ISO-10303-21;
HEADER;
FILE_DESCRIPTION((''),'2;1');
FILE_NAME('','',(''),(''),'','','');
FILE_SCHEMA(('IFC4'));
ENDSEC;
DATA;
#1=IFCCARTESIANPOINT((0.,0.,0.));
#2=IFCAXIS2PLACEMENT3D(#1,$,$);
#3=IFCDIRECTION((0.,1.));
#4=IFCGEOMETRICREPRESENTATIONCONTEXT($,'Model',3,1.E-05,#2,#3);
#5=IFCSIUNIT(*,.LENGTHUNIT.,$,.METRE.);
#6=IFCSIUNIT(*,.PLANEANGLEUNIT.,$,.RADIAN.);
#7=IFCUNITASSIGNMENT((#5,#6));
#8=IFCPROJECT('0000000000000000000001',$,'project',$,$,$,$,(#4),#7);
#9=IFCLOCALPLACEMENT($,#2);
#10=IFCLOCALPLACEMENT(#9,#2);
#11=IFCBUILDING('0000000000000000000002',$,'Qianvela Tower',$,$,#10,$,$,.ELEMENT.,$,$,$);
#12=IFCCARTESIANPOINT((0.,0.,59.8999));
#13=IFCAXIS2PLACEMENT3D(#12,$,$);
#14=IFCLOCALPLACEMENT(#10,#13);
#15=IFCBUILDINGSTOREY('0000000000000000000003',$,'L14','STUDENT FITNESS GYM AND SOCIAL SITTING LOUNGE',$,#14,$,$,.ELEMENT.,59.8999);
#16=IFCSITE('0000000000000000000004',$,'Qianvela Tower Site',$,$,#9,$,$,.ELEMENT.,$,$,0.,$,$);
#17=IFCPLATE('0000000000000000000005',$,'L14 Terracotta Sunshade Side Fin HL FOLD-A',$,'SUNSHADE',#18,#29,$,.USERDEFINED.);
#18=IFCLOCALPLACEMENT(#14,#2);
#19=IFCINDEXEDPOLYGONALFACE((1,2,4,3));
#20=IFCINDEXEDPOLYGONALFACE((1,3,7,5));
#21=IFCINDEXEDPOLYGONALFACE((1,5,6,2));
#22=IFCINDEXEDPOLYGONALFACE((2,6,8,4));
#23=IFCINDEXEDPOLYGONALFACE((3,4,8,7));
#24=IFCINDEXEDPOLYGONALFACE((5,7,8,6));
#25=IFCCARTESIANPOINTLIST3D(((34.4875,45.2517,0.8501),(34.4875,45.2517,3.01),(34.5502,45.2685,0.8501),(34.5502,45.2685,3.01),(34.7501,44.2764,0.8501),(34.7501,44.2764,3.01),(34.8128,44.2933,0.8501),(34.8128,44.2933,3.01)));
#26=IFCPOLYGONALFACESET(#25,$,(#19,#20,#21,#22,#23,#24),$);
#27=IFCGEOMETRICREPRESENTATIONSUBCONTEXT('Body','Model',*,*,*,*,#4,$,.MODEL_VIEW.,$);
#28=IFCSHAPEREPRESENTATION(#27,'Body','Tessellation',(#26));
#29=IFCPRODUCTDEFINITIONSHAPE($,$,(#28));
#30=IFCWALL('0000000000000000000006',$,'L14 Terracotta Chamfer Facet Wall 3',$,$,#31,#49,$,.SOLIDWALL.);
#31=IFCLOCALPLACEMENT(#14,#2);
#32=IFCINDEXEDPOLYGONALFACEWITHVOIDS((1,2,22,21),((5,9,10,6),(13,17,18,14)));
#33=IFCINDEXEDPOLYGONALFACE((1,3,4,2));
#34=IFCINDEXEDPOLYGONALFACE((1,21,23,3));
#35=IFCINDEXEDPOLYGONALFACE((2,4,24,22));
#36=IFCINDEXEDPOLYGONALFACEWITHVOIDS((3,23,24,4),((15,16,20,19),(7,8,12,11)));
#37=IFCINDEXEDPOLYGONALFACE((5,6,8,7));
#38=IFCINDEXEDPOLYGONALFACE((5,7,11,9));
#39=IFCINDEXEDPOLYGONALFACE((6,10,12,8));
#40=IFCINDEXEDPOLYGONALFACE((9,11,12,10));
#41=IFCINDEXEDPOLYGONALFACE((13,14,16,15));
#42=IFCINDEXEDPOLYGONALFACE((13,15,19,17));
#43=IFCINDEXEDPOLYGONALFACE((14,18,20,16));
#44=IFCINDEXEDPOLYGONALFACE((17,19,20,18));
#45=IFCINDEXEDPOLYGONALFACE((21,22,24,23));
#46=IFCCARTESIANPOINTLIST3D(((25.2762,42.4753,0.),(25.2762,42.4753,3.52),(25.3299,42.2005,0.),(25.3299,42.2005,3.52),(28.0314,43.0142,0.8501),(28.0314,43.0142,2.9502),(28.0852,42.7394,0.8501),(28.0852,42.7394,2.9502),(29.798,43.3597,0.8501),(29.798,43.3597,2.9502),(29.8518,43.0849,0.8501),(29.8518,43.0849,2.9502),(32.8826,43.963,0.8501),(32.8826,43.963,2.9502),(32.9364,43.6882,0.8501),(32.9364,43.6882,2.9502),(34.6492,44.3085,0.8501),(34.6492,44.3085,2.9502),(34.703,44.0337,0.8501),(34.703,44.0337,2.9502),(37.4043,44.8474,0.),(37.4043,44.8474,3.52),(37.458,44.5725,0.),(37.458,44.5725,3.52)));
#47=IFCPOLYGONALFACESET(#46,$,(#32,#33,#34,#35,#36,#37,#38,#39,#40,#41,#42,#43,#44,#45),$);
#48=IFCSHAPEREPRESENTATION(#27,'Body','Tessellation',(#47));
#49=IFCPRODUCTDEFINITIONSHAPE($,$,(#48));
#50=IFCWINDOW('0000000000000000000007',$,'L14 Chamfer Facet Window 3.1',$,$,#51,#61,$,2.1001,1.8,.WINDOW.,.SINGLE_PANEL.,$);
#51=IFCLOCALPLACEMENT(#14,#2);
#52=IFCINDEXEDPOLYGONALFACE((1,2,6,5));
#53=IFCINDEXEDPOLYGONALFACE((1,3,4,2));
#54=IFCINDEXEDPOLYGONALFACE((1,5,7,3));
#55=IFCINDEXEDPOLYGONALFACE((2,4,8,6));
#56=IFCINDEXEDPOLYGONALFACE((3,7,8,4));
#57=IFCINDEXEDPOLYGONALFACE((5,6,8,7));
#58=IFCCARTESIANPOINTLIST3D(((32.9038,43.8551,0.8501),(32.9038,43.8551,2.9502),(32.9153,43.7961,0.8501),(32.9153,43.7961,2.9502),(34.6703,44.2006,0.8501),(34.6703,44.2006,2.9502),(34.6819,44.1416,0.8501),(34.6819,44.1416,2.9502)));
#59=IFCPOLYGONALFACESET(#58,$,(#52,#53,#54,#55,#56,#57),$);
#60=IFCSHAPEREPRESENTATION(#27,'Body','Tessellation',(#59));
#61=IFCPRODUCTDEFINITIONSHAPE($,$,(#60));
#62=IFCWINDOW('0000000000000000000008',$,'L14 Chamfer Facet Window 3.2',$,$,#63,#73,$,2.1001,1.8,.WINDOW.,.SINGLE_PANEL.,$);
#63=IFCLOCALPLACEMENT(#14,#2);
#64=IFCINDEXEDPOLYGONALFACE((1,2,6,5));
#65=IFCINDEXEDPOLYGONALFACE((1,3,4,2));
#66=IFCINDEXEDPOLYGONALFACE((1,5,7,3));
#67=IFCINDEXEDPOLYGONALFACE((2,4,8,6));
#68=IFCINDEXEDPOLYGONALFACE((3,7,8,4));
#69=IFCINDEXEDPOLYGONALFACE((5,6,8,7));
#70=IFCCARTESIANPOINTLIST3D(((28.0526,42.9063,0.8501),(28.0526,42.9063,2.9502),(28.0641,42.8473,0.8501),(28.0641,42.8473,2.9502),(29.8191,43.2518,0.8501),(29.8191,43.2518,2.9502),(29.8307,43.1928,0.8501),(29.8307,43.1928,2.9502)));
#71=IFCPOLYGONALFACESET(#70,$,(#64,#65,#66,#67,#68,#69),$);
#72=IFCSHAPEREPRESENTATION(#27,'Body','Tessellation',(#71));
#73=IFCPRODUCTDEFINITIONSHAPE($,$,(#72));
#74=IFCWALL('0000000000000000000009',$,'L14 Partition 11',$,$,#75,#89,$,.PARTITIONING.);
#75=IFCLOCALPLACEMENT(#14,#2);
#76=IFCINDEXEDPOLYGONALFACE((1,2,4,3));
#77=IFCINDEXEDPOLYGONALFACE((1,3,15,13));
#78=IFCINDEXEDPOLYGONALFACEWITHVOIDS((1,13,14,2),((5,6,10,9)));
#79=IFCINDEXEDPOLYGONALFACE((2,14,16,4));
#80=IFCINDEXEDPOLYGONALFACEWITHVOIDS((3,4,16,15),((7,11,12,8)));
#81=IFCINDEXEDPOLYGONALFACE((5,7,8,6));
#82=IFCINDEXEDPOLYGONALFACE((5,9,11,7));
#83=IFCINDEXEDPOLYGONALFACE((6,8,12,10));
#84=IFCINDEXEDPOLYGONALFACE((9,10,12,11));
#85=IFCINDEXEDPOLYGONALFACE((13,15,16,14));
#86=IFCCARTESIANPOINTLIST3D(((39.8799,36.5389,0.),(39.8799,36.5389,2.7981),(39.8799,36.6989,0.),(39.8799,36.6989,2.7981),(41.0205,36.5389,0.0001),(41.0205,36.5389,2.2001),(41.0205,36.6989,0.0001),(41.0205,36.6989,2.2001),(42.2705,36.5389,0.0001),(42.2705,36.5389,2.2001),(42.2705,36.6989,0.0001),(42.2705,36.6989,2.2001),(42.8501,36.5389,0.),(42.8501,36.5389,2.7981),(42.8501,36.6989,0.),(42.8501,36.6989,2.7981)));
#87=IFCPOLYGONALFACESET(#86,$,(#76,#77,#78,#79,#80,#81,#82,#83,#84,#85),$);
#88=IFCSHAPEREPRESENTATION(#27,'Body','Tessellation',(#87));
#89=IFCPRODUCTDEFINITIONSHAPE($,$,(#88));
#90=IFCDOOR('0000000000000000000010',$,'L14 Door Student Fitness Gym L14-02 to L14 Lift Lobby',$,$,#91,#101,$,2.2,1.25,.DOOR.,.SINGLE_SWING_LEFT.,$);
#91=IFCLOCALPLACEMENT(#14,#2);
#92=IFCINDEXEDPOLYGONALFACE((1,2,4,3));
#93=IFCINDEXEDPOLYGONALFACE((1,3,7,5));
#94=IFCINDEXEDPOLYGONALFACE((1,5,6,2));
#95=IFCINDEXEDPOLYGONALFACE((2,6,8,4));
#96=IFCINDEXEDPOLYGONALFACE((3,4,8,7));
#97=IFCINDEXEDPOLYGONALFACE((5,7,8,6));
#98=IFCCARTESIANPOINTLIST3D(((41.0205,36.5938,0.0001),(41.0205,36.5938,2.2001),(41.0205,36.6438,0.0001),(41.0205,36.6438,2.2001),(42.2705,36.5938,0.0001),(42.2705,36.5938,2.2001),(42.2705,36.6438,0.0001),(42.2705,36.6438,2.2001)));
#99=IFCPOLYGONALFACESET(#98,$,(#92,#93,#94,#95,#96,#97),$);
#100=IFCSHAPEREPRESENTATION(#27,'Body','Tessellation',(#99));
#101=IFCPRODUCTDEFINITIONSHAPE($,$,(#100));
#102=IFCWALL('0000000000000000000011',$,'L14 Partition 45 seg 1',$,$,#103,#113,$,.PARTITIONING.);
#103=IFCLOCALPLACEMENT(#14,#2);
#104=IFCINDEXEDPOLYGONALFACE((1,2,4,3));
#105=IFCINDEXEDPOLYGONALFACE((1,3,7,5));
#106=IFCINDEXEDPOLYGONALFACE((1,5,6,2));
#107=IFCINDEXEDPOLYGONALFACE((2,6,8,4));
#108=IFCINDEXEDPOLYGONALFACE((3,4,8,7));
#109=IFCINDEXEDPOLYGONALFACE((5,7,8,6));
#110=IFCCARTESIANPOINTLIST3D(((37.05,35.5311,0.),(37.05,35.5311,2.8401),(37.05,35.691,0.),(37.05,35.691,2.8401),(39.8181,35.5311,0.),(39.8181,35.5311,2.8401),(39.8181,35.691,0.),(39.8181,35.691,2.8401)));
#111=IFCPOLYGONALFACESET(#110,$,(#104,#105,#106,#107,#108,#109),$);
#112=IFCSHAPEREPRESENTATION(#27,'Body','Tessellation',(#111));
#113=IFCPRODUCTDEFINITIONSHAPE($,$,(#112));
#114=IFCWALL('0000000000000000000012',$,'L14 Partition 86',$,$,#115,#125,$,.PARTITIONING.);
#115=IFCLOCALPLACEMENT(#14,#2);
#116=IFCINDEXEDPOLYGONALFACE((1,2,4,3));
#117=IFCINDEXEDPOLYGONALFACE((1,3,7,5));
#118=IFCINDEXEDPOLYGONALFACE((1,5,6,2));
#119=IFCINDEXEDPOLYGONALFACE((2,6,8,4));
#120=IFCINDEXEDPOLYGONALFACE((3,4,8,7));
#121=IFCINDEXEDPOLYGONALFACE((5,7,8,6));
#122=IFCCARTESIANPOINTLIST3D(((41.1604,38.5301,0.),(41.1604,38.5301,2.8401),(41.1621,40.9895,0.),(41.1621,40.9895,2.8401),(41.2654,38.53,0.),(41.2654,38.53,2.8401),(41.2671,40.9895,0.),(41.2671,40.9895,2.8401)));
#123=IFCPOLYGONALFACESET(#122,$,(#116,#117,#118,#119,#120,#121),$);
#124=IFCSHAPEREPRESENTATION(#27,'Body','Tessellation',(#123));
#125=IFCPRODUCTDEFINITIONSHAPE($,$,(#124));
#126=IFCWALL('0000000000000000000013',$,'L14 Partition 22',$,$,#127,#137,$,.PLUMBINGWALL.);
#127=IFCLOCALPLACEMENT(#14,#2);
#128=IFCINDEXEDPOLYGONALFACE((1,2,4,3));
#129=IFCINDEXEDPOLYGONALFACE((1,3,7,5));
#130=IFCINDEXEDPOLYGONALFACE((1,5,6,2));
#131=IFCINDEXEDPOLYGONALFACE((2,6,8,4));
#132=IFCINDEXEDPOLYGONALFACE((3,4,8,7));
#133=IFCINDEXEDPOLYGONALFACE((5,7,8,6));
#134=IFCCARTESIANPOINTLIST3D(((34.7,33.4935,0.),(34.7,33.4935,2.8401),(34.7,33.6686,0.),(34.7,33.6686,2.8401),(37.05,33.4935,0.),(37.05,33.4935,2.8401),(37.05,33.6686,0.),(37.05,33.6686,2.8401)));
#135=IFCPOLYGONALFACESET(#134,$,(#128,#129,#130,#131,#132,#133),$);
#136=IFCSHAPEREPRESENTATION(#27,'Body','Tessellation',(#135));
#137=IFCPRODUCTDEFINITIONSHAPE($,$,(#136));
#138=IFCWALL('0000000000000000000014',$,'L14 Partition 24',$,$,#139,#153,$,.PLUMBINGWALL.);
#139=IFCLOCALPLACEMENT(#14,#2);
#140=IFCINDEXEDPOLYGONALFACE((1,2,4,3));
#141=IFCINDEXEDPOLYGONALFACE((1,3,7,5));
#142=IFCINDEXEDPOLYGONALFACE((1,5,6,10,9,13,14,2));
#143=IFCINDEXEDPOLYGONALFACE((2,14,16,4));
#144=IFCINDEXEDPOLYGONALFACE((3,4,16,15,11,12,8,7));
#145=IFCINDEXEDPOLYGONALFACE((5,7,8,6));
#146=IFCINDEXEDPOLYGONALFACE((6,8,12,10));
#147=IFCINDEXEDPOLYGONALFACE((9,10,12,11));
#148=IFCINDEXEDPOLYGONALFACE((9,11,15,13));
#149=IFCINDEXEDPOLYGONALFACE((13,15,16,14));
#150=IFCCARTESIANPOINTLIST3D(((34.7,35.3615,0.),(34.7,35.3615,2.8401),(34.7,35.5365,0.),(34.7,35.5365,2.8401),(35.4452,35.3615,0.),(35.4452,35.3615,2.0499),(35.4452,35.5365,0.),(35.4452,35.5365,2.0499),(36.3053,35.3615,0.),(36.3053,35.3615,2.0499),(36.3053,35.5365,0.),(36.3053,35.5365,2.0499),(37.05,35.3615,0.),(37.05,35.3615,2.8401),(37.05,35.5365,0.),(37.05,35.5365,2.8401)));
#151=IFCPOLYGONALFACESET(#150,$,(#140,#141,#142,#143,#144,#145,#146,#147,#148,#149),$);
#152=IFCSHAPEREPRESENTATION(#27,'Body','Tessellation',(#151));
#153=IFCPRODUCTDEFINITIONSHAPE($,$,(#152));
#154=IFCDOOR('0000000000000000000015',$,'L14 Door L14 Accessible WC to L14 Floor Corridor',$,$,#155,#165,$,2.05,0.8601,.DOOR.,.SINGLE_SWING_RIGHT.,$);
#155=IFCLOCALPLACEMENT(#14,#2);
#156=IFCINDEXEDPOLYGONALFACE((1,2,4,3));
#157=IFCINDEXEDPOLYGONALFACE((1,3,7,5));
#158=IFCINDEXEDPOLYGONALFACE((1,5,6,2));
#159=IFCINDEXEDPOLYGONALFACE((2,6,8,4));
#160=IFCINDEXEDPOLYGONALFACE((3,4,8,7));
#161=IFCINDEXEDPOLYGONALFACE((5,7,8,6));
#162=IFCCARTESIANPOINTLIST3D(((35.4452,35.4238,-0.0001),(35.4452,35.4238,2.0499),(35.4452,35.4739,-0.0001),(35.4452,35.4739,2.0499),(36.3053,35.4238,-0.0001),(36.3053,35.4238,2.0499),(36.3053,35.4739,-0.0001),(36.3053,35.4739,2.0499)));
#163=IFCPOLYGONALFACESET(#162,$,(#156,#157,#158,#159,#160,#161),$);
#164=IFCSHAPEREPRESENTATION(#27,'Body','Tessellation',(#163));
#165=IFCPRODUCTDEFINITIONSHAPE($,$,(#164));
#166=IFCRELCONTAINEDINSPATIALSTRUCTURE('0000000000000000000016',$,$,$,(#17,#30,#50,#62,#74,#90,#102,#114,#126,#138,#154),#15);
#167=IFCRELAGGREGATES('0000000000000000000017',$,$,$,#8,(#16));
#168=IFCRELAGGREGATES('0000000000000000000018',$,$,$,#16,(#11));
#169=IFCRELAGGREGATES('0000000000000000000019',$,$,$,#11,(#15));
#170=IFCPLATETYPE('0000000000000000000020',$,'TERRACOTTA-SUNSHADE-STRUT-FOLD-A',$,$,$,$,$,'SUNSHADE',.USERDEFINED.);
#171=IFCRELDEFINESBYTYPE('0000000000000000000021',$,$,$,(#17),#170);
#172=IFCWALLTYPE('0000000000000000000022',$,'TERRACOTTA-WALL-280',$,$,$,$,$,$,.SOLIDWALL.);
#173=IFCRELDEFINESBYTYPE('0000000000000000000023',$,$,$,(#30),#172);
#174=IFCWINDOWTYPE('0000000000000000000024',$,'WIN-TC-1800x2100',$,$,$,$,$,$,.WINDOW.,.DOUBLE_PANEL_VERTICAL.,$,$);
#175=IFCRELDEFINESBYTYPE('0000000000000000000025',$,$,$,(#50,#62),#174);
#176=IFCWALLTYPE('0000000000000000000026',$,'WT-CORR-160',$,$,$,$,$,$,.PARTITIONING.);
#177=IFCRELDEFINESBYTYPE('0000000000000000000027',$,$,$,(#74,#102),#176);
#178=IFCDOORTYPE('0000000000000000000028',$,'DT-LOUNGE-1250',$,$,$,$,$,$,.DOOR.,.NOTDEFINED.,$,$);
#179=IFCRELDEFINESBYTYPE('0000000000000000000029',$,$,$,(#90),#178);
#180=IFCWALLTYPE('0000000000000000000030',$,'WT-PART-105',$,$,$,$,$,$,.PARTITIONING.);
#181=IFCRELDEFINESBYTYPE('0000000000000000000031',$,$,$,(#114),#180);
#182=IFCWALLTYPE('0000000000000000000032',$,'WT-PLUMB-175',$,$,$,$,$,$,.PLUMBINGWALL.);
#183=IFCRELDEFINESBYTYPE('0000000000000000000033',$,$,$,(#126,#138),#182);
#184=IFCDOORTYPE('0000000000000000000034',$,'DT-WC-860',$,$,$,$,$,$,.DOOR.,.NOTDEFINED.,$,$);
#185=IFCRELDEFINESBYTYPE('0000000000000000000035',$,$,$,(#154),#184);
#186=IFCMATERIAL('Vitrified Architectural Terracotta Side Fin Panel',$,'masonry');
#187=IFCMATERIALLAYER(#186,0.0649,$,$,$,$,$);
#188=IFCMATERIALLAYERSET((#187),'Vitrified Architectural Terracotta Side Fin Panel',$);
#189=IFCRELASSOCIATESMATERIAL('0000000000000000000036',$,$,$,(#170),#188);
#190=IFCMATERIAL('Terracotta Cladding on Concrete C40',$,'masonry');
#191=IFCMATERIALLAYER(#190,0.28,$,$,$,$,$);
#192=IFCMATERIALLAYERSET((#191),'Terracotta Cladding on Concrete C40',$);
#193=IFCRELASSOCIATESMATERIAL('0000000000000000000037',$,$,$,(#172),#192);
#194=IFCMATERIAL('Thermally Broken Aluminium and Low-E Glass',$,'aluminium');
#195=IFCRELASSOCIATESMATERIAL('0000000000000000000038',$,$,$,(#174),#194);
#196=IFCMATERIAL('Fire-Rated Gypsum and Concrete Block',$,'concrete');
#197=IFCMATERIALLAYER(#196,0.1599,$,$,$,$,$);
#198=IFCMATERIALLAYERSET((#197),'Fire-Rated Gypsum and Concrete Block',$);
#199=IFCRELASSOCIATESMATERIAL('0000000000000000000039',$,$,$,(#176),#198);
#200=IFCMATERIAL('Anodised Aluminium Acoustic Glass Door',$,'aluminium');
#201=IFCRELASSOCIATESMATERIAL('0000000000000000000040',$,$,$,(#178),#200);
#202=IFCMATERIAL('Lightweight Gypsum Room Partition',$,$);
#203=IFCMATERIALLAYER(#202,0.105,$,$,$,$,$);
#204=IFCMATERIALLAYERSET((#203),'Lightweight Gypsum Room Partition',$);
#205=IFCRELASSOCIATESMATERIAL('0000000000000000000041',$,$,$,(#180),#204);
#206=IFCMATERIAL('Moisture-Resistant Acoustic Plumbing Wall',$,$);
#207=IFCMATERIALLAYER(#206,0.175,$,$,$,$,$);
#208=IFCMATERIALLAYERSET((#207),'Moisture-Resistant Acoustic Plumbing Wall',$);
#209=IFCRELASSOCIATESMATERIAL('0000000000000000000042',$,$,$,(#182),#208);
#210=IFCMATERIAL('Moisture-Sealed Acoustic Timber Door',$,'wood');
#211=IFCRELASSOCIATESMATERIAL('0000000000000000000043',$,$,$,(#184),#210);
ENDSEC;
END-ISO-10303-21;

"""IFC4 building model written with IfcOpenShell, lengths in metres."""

from ifc_helpers import new_model, si_unit, direction, frame, frame_2d, origin, origin_2d, place, context, subcontext, project, spatial, rectangle, extrude, material, layer, layer_set, type_object, element, fill, save


model = new_model("IFC4")

# Units and contexts
model_context = context("Model", 3, precision=1e-05, world=origin(), true_north=direction((0.0, 1.0)))
body_context = subcontext(model_context, "Body", "Model", "MODEL_VIEW")
ifc_project = project(units=[si_unit("LENGTHUNIT", "METRE"), si_unit("PLANEANGLEUNIT", "RADIAN")], contexts=[model_context])

# Site, building, storey
site_placement = place(None, origin())
site = spatial("IfcSite", under=ifc_project, at=site_placement, Name="Qianvela Tower Site", CompositionType="ELEMENT", RefElevation=0.0)
building_placement = place(site_placement, origin())
building = spatial("IfcBuilding", under=site, at=building_placement, Name="Qianvela Tower", CompositionType="ELEMENT")
storey_placement = place(building_placement, frame((0.0, 0.0, 59.8999)))
storey = spatial("IfcBuildingStorey", under=building, at=storey_placement, Name="L14", Description="STUDENT FITNESS GYM AND SOCIAL SITTING LOUNGE", CompositionType="ELEMENT", Elevation=59.8999)

# Plate
ifc_material_1 = material(Name="Vitrified Architectural Terracotta Side Fin Panel", Category="masonry")
ifc_layer_1 = layer(ifc_material_1, 0.0649)
ifc_layer_set_1 = layer_set([ifc_layer_1], Name="Vitrified Architectural Terracotta Side Fin Panel")
plate_type_1 = type_object("IfcPlateType", Name="TERRACOTTA-SUNSHADE-STRUT-FOLD-A", ElementType="SUNSHADE", PredefinedType="USERDEFINED", material=ifc_layer_set_1)
plate_1_placement = place(storey_placement, frame((34.6501, 44.7725, 0.8501), z_axis=(0.0, 0.0, 1.0), x_axis=(-0.965627, -0.259933, 0.0)))
element("IfcPlate", 1, at=plate_1_placement, inside=storey, type_object=plate_type_1, Name="L14 Terracotta Sunshade Side Fin HL FOLD-A", ObjectType="SUNSHADE", PredefinedType="USERDEFINED", context=body_context, shape_type="SweptSolid", body=[
    extrude(rectangle(XDim=0.0649, YDim=1.01, at=origin_2d()), origin(), (0.0, 0.0, 1.0), 2.1599),
])

# Wall, openings, windows
ifc_material_2 = material(Name="Terracotta Cladding on Concrete C40", Category="masonry")
ifc_layer_2 = layer(ifc_material_2, 0.28)
ifc_layer_set_2 = layer_set([ifc_layer_2], Name="Terracotta Cladding on Concrete C40")
wall_type_1 = type_object("IfcWallType", Name="TERRACOTTA-WALL-280", PredefinedType="SOLIDWALL", material=ifc_layer_set_2)
wall_1_placement = place(storey_placement, frame((37.4312, 44.71, 0.0), z_axis=(0.0, 0.0, 1.0), x_axis=(-0.981405, -0.191947, 0.0)))
wall_1 = element("IfcWall", 2, at=wall_1_placement, inside=storey, type_object=wall_type_1, Name="L14 Terracotta Chamfer Facet Wall 3", PredefinedType="SOLIDWALL", context=body_context, shape_type="SweptSolid", body=[
    extrude(rectangle(XDim=12.3579, YDim=0.28, at=frame_2d((6.179, 0.0))), origin(), (0.0, 0.0, 1.0), 3.52),
])
opening_1_placement = place(wall_1_placement, frame((2.8074, 0.0, 0.8501)))
opening_1 = element("IfcOpeningElement", 3, at=opening_1_placement, cuts=wall_1, PredefinedType="OPENING", context=body_context, shape_type="SweptSolid", body=[
    extrude(rectangle(XDim=1.8, YDim=2.1001, at=frame_2d((0.8999, 1.05))), frame((0.0, 0.1499, 0.0), z_axis=(0.0, -1.0, 0.0), x_axis=(1.0, 0.0, 0.0)), (0.0, 0.0, 1.0), 0.3),
])
opening_2_placement = place(wall_1_placement, frame((7.7505, 0.0, 0.8501)))
opening_2 = element("IfcOpeningElement", 4, at=opening_2_placement, cuts=wall_1, PredefinedType="OPENING", context=body_context, shape_type="SweptSolid", body=[
    extrude(rectangle(XDim=1.8, YDim=2.1001, at=frame_2d((0.8999, 1.05))), frame((0.0, 0.1499, 0.0), z_axis=(0.0, -1.0, 0.0), x_axis=(1.0, 0.0, 0.0)), (0.0, 0.0, 1.0), 0.3),
])
ifc_material_3 = material(Name="Thermally Broken Aluminium and Low-E Glass", Category="aluminium")
window_type = type_object("IfcWindowType", Name="WIN-TC-1800x2100", PartitioningType="DOUBLE_PANEL_VERTICAL", PredefinedType="WINDOW", material=ifc_material_3)
window_1_placement = place(opening_1_placement, origin())
window_1 = element("IfcWindow", 5, at=window_1_placement, inside=storey, type_object=window_type, Name="L14 Chamfer Facet Window 3.1", OverallHeight=2.1001, OverallWidth=1.8, PartitioningType="SINGLE_PANEL", PredefinedType="WINDOW", context=body_context, shape_type="SweptSolid", body=[
    extrude(rectangle(XDim=1.8, YDim=2.1001, at=frame_2d((0.8999, 1.05))), frame((0.0, 0.03, 0.0), z_axis=(0.0, -1.0, 0.0), x_axis=(1.0, 0.0, 0.0)), (0.0, 0.0, 1.0), 0.0601),
])
fill(opening_1, window_1)
window_2_placement = place(opening_2_placement, origin())
window_2 = element("IfcWindow", 6, at=window_2_placement, inside=storey, type_object=window_type, Name="L14 Chamfer Facet Window 3.2", OverallHeight=2.1001, OverallWidth=1.8, PartitioningType="SINGLE_PANEL", PredefinedType="WINDOW", context=body_context, shape_type="SweptSolid", body=[
    extrude(rectangle(XDim=1.8, YDim=2.1001, at=frame_2d((0.8999, 1.05))), frame((0.0, 0.03, 0.0), z_axis=(0.0, -1.0, 0.0), x_axis=(1.0, 0.0, 0.0)), (0.0, 0.0, 1.0), 0.0601),
])
fill(opening_2, window_2)

# Wall, opening, door
ifc_material_4 = material(Name="Fire-Rated Gypsum and Concrete Block", Category="concrete")
ifc_layer_3 = layer(ifc_material_4, 0.1599)
ifc_layer_set_3 = layer_set([ifc_layer_3], Name="Fire-Rated Gypsum and Concrete Block")
wall_type_2 = type_object("IfcWallType", Name="WT-CORR-160", PredefinedType="PARTITIONING", material=ifc_layer_set_3)
wall_2_placement = place(storey_placement, frame((39.8799, 36.6189, 0.0), z_axis=(0.0, 0.0, 1.0), x_axis=(1.0, 0.0, 0.0)))
wall_2 = element("IfcWall", 7, at=wall_2_placement, inside=storey, type_object=wall_type_2, Name="L14 Partition 11", PredefinedType="PARTITIONING", context=body_context, shape_type="SweptSolid", body=[
    extrude(rectangle(XDim=2.9702, YDim=0.1599, at=frame_2d((1.4851, 0.0))), origin(), (0.0, 0.0, 1.0), 2.7981),
])
opening_3_placement = place(wall_2_placement, frame((1.1406, 0.0, 0.0)))
opening_3 = element("IfcOpeningElement", 8, at=opening_3_placement, cuts=wall_2, PredefinedType="OPENING", context=body_context, shape_type="SweptSolid", body=[
    extrude(rectangle(XDim=1.25, YDim=2.2, at=frame_2d((0.625, 1.1001))), frame((0.0, 0.0898, 0.0), z_axis=(0.0, -1.0, 0.0), x_axis=(1.0, 0.0, 0.0)), (0.0, 0.0, 1.0), 0.1799),
])
ifc_material_5 = material(Name="Anodised Aluminium Acoustic Glass Door", Category="aluminium")
door_type_1 = type_object("IfcDoorType", Name="DT-LOUNGE-1250", OperationType="NOTDEFINED", PredefinedType="DOOR", material=ifc_material_5)
door_1_placement = place(opening_3_placement, origin())
door_1 = element("IfcDoor", 9, at=door_1_placement, inside=storey, type_object=door_type_1, Name="L14 Door Student Fitness Gym L14-02 to L14 Lift Lobby", OperationType="SINGLE_SWING_LEFT", OverallHeight=2.2, OverallWidth=1.25, PredefinedType="DOOR", context=body_context, shape_type="SweptSolid", body=[
    extrude(rectangle(XDim=1.25, YDim=2.2, at=frame_2d((0.625, 1.1001))), frame((0.0, 0.0249, 0.0), z_axis=(0.0, -1.0, 0.0), x_axis=(1.0, 0.0, 0.0)), (0.0, 0.0, 1.0), 0.05),
])
fill(opening_3, door_1)

# Walls
wall_3_placement = place(storey_placement, frame((39.8181, 35.6111, 0.0), z_axis=(0.0, 0.0, 1.0), x_axis=(-1.0, 0.0, 0.0)))
element("IfcWall", 10, at=wall_3_placement, inside=storey, type_object=wall_type_2, Name="L14 Partition 45 seg 1", PredefinedType="PARTITIONING", context=body_context, shape_type="SweptSolid", body=[
    extrude(rectangle(XDim=2.7681, YDim=0.1599, at=frame_2d((1.384, 0.0))), origin(), (0.0, 0.0, 1.0), 2.8401),
])
ifc_material_6 = material(Name="Lightweight Gypsum Room Partition")
ifc_layer_4 = layer(ifc_material_6, 0.105)
ifc_layer_set_4 = layer_set([ifc_layer_4], Name="Lightweight Gypsum Room Partition")
wall_type_3 = type_object("IfcWallType", Name="WT-PART-105", PredefinedType="PARTITIONING", material=ifc_layer_set_4)
wall_4_placement = place(storey_placement, frame((41.2129, 38.53, 0.0), z_axis=(0.0, 0.0, 1.0), x_axis=(0.000695, 1.0, 0.0)))
element("IfcWall", 11, at=wall_4_placement, inside=storey, type_object=wall_type_3, Name="L14 Partition 86", PredefinedType="PARTITIONING", context=body_context, shape_type="SweptSolid", body=[
    extrude(rectangle(XDim=2.4595, YDim=0.105, at=frame_2d((1.2297, 0.0))), origin(), (0.0, 0.0, 1.0), 2.8401),
])
ifc_material_7 = material(Name="Moisture-Resistant Acoustic Plumbing Wall")
ifc_layer_5 = layer(ifc_material_7, 0.175)
ifc_layer_set_5 = layer_set([ifc_layer_5], Name="Moisture-Resistant Acoustic Plumbing Wall")
wall_type_4 = type_object("IfcWallType", Name="WT-PLUMB-175", PredefinedType="PLUMBINGWALL", material=ifc_layer_set_5)
wall_5_placement = place(storey_placement, frame((37.05, 33.5811, 0.0), z_axis=(0.0, 0.0, 1.0), x_axis=(-1.0, 0.0, 0.0)))
element("IfcWall", 12, at=wall_5_placement, inside=storey, type_object=wall_type_4, Name="L14 Partition 22", PredefinedType="PLUMBINGWALL", context=body_context, shape_type="SweptSolid", body=[
    extrude(rectangle(XDim=2.3501, YDim=0.175, at=frame_2d((1.175, 0.0))), origin(), (0.0, 0.0, 1.0), 2.8401),
])

# Wall, opening, door
wall_6_placement = place(storey_placement, frame((34.7, 35.449, 0.0), z_axis=(0.0, 0.0, 1.0), x_axis=(1.0, 0.0, 0.0)))
wall_6 = element("IfcWall", 13, at=wall_6_placement, inside=storey, type_object=wall_type_4, Name="L14 Partition 24", PredefinedType="PLUMBINGWALL", context=body_context, shape_type="SweptSolid", body=[
    extrude(rectangle(XDim=2.3501, YDim=0.175, at=frame_2d((1.175, 0.0))), origin(), (0.0, 0.0, 1.0), 2.8401),
])
opening_4_placement = place(wall_6_placement, frame((0.7451, 0.0, 0.0)))
opening_4 = element("IfcOpeningElement", 14, at=opening_4_placement, cuts=wall_6, PredefinedType="OPENING", context=body_context, shape_type="SweptSolid", body=[
    extrude(rectangle(XDim=0.8601, YDim=2.05, at=frame_2d((0.4302, 1.0249))), frame((0.0, 0.0974, 0.0), z_axis=(0.0, -1.0, 0.0), x_axis=(1.0, 0.0, 0.0)), (0.0, 0.0, 1.0), 0.1951),
])
ifc_material_8 = material(Name="Moisture-Sealed Acoustic Timber Door", Category="wood")
door_type_2 = type_object("IfcDoorType", Name="DT-WC-860", OperationType="NOTDEFINED", PredefinedType="DOOR", material=ifc_material_8)
door_2_placement = place(opening_4_placement, origin())
door_2 = element("IfcDoor", 15, at=door_2_placement, inside=storey, type_object=door_type_2, Name="L14 Door L14 Accessible WC to L14 Floor Corridor", OperationType="SINGLE_SWING_RIGHT", OverallHeight=2.05, OverallWidth=0.8601, PredefinedType="DOOR", context=body_context, shape_type="SweptSolid", body=[
    extrude(rectangle(XDim=0.8601, YDim=2.05, at=frame_2d((0.4302, 1.0249))), frame((0.0, 0.0249, 0.0), z_axis=(0.0, -1.0, 0.0), x_axis=(1.0, 0.0, 0.0)), (0.0, 0.0, 1.0), 0.05),
])
fill(opening_4, door_2)

save(model, "model.ifc")
